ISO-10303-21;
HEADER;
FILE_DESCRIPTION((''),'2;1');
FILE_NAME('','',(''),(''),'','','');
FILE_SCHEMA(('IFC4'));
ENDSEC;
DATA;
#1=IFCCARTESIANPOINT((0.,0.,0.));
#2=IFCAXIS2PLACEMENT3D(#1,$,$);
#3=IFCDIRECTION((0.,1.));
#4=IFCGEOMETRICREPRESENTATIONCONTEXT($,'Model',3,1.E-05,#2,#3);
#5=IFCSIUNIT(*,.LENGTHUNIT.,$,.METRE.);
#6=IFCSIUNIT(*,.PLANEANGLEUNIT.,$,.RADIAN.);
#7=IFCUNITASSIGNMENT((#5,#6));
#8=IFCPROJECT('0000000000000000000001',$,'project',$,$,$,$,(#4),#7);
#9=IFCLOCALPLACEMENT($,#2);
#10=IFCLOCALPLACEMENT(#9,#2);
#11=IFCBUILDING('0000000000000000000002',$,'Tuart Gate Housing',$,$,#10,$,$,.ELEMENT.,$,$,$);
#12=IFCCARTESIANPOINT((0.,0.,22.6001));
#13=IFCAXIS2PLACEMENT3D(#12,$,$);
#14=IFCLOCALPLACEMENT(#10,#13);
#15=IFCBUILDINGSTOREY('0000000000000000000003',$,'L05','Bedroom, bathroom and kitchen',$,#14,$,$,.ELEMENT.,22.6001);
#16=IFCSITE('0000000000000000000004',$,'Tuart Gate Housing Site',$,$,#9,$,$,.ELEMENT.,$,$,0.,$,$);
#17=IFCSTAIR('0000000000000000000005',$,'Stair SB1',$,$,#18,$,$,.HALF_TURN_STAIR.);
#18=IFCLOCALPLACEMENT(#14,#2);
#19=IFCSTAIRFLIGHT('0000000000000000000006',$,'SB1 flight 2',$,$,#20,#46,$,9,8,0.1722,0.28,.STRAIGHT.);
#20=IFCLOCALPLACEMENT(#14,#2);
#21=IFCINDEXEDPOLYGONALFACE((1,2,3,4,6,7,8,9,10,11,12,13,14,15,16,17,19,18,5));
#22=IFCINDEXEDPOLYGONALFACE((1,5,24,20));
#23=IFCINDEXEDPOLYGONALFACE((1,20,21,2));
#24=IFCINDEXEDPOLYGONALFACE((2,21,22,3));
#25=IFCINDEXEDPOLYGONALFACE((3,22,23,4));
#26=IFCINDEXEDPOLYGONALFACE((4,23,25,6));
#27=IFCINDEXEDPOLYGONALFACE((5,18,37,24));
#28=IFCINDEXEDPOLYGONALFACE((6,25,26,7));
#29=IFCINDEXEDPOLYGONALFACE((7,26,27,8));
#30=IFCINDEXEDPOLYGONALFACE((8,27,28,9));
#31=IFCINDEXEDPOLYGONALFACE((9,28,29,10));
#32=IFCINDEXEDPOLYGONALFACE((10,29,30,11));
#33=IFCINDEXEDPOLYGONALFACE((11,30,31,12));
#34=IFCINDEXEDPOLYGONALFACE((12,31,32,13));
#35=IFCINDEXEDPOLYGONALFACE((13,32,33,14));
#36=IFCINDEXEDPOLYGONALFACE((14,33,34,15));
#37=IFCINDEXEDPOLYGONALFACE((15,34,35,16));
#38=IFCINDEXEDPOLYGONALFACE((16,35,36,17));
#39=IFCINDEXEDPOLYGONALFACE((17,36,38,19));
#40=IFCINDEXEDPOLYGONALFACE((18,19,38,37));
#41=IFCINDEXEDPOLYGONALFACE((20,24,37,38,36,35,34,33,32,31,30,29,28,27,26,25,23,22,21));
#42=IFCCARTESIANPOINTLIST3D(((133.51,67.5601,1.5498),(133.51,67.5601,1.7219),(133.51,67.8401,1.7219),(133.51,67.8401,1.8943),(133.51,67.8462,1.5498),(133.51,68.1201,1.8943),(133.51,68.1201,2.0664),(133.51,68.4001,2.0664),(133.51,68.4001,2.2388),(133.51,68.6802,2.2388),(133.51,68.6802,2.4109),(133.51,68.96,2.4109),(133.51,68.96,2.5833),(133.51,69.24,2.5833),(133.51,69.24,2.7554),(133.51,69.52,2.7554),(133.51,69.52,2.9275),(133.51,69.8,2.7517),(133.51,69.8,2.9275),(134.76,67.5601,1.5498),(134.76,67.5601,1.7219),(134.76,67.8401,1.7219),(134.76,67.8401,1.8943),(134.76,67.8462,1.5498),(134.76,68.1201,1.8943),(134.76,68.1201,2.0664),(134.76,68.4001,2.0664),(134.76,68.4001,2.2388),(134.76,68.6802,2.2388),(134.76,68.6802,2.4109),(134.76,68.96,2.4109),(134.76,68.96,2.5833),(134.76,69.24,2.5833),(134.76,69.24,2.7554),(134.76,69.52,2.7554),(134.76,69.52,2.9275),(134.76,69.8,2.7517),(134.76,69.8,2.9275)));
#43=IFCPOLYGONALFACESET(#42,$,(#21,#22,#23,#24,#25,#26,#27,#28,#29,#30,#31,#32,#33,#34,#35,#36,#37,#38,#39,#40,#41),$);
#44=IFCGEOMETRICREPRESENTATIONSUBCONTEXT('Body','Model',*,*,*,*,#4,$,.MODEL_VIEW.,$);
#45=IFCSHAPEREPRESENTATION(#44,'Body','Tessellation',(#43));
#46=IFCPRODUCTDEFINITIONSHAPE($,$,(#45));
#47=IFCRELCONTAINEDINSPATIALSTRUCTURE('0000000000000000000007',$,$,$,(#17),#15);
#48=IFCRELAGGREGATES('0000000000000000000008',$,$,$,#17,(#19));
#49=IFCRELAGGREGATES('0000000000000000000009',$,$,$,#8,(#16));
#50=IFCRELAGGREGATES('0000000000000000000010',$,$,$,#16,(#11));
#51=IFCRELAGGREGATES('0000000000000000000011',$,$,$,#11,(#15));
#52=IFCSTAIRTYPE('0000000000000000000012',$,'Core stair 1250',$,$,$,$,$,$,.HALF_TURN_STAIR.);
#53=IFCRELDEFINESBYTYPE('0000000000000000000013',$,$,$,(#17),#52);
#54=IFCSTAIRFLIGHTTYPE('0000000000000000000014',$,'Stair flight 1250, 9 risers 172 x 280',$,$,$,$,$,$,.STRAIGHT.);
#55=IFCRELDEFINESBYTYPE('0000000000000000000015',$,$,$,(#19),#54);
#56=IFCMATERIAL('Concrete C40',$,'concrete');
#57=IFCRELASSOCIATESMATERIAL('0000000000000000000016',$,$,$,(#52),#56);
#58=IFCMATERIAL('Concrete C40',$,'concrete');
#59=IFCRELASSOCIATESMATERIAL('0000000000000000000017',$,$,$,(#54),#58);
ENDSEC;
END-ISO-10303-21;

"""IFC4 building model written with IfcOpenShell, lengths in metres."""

from ifc_helpers import new_model, si_unit, direction, frame, origin, place, context, subcontext, project, spatial, polyline, outline, extrude, material, type_object, element, aggregate, save


model = new_model("IFC4")

# Units and contexts
model_context = context("Model", 3, precision=1e-05, world=origin(), true_north=direction((0.0, 1.0)))
body_context = subcontext(model_context, "Body", "Model", "MODEL_VIEW")
ifc_project = project(units=[si_unit("LENGTHUNIT", "METRE"), si_unit("PLANEANGLEUNIT", "RADIAN")], contexts=[model_context])

# Site, building, storey
site_placement = place(None, origin())
site = spatial("IfcSite", under=ifc_project, at=site_placement, Name="Tuart Gate Housing Site", CompositionType="ELEMENT", RefElevation=0.0)
building_placement = place(site_placement, origin())
building = spatial("IfcBuilding", under=site, at=building_placement, Name="Tuart Gate Housing", CompositionType="ELEMENT")
storey_placement = place(building_placement, frame((0.0, 0.0, 22.6001)))
storey = spatial("IfcBuildingStorey", under=building, at=storey_placement, Name="L05", Description="Bedroom, bathroom and kitchen", CompositionType="ELEMENT", Elevation=22.6001)

# Stair, stair flight
ifc_material_1 = material(Name="Concrete C40", Category="concrete")
stair_type = type_object("IfcStairType", Name="Core stair 1250", PredefinedType="HALF_TURN_STAIR", material=ifc_material_1)
stair_placement = place(storey_placement, origin())
stair = element("IfcStair", 1, at=stair_placement, inside=storey, type_object=stair_type, Name="Stair SB1", PredefinedType="HALF_TURN_STAIR")
ifc_material_2 = material(Name="Concrete C40", Category="concrete")
stair_flight_type = type_object("IfcStairFlightType", Name="Stair flight 1250, 9 risers 172 x 280", PredefinedType="STRAIGHT", material=ifc_material_2)
stair_flight_1_placement = place(storey_placement, frame((134.135, 67.5601, 1.5498), z_axis=(0.0, 0.0, 1.0), x_axis=(0.0, 1.0, 0.0)))
stair_flight_1 = element("IfcStairFlight", 2, at=stair_flight_1_placement, type_object=stair_flight_type, Name="SB1 flight 2", NumberOfRisers=9, NumberOfTreads=8, PredefinedType="STRAIGHT", RiserHeight=0.1722, TreadLength=0.28, context=body_context, shape_type="SweptSolid", body=[
    extrude(outline(polyline([(0.0, 0.0), (0.0, 0.1721), (0.28, 0.1721), (0.28, 0.3445), (0.5601, 0.3445), (0.5601, 0.5166), (0.8401, 0.5166), (0.8401, 0.689), (1.1201, 0.689), (1.1201, 0.8611), (1.3999, 0.8611), (1.3999, 1.0334), (1.6799, 1.0334), (1.6799, 1.2056), (1.96, 1.2056), (1.96, 1.3777), (2.24, 1.3777), (2.24, 1.55), (2.24, 1.2019), (0.2861, 0.0), (0.0, 0.0)])), frame((0.0, 0.625, 0.0), z_axis=(0.0, -1.0, 0.0), x_axis=(1.0, 0.0, 0.0)), (0.0, 0.0, 1.0), 1.25),
])
aggregate(stair, [stair_flight_1])

save(model, "model.ifc")
